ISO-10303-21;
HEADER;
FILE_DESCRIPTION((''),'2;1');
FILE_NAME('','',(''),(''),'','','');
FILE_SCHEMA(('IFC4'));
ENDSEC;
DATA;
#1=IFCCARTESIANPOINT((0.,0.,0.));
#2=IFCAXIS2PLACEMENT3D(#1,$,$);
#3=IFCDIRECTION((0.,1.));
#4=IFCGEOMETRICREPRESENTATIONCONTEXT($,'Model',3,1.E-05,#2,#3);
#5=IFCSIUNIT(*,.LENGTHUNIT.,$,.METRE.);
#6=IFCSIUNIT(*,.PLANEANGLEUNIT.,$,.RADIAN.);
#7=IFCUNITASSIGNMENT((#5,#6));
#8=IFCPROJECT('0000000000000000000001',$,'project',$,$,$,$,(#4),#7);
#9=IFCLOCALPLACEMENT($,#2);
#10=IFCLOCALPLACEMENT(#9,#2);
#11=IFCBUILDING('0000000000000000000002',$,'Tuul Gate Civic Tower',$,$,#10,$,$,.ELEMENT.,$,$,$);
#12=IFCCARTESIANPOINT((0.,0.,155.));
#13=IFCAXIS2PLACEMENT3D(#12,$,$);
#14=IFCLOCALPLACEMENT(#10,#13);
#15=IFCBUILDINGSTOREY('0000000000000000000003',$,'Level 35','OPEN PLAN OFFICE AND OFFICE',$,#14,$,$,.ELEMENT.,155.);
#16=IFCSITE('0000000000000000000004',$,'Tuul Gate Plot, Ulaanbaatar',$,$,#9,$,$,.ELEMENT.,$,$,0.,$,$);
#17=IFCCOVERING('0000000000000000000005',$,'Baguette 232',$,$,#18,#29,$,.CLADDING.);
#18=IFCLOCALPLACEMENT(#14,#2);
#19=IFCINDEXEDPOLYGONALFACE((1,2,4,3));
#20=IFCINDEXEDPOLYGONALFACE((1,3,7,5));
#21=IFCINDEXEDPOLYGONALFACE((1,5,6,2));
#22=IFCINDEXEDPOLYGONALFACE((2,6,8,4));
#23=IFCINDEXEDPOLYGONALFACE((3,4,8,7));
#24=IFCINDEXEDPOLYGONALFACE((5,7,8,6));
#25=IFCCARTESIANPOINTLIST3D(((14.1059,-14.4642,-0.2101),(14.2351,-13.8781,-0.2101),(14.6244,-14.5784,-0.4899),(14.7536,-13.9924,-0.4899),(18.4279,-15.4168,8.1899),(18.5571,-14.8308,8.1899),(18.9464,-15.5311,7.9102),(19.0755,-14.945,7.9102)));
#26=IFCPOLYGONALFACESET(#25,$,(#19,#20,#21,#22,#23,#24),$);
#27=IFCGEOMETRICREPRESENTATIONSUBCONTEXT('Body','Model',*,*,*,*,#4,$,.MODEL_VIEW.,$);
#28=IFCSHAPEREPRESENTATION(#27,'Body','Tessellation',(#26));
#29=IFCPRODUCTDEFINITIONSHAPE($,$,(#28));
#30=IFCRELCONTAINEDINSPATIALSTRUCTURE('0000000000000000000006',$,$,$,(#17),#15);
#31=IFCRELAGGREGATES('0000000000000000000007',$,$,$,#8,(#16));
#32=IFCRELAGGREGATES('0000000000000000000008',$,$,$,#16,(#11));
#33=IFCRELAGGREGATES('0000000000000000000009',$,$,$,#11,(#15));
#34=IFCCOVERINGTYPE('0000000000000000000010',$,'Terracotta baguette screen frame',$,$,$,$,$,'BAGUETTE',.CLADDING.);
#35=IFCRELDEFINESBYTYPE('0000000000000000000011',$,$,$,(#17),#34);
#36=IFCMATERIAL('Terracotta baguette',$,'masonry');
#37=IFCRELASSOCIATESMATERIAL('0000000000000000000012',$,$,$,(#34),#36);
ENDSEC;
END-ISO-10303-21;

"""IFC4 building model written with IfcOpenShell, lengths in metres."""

from ifc_helpers import new_model, si_unit, direction, frame, origin, origin_2d, place, context, subcontext, project, spatial, rectangle, extrude, material, material_profile, profile_set, type_object, element, save


model = new_model("IFC4")

# Units and contexts
model_context = context("Model", 3, precision=1e-05, world=origin(), true_north=direction((0.0, 1.0)))
body_context = subcontext(model_context, "Body", "Model", "MODEL_VIEW")
ifc_project = project(units=[si_unit("LENGTHUNIT", "METRE"), si_unit("PLANEANGLEUNIT", "RADIAN")], contexts=[model_context])

# Site, building, storey
site_placement = place(None, origin())
site = spatial("IfcSite", under=ifc_project, at=site_placement, Name="Tuul Gate Plot, Ulaanbaatar", CompositionType="ELEMENT", RefElevation=0.0)
building_placement = place(site_placement, origin())
building = spatial("IfcBuilding", under=site, at=building_placement, Name="Tuul Gate Civic Tower", CompositionType="ELEMENT")
storey_placement = place(building_placement, frame((0.0, 0.0, 155.0)))
storey = spatial("IfcBuildingStorey", under=building, at=storey_placement, Name="Level 35", Description="OPEN PLAN OFFICE AND OFFICE", CompositionType="ELEMENT", Elevation=155.0)

# Covering
ifc_material_1 = material(Name="Terracotta baguette", Category="masonry")
ifc_material_profile_1 = material_profile(ifc_material_1, rectangle(XDim=0.6001, YDim=0.6001, at=origin_2d()), Name="Terracotta baguette screen frame")
ifc_profile_set_1 = profile_set([ifc_material_profile_1], Name="Terracotta baguette")
covering_type = type_object("IfcCoveringType", Name="Terracotta baguette screen frame", ElementType="BAGUETTE", PredefinedType="CLADDING", material=ifc_profile_set_1)
covering_1_placement = place(storey_placement, frame((18.7517, -15.1809, 8.05), z_axis=(-0.455202, 0.100333, -0.884717), x_axis=(-0.215248, -0.976559, 0.0)))
element("IfcCovering", 1, at=covering_1_placement, inside=storey, type_object=covering_type, Name="Baguette 232", PredefinedType="CLADDING", context=body_context, shape_type="SweptSolid", body=[
    extrude(rectangle(XDim=0.6001, YDim=0.6001, at=origin_2d()), origin(), (0.0, 0.0, 1.0), 9.4946),
])

save(model, "model.ifc")
